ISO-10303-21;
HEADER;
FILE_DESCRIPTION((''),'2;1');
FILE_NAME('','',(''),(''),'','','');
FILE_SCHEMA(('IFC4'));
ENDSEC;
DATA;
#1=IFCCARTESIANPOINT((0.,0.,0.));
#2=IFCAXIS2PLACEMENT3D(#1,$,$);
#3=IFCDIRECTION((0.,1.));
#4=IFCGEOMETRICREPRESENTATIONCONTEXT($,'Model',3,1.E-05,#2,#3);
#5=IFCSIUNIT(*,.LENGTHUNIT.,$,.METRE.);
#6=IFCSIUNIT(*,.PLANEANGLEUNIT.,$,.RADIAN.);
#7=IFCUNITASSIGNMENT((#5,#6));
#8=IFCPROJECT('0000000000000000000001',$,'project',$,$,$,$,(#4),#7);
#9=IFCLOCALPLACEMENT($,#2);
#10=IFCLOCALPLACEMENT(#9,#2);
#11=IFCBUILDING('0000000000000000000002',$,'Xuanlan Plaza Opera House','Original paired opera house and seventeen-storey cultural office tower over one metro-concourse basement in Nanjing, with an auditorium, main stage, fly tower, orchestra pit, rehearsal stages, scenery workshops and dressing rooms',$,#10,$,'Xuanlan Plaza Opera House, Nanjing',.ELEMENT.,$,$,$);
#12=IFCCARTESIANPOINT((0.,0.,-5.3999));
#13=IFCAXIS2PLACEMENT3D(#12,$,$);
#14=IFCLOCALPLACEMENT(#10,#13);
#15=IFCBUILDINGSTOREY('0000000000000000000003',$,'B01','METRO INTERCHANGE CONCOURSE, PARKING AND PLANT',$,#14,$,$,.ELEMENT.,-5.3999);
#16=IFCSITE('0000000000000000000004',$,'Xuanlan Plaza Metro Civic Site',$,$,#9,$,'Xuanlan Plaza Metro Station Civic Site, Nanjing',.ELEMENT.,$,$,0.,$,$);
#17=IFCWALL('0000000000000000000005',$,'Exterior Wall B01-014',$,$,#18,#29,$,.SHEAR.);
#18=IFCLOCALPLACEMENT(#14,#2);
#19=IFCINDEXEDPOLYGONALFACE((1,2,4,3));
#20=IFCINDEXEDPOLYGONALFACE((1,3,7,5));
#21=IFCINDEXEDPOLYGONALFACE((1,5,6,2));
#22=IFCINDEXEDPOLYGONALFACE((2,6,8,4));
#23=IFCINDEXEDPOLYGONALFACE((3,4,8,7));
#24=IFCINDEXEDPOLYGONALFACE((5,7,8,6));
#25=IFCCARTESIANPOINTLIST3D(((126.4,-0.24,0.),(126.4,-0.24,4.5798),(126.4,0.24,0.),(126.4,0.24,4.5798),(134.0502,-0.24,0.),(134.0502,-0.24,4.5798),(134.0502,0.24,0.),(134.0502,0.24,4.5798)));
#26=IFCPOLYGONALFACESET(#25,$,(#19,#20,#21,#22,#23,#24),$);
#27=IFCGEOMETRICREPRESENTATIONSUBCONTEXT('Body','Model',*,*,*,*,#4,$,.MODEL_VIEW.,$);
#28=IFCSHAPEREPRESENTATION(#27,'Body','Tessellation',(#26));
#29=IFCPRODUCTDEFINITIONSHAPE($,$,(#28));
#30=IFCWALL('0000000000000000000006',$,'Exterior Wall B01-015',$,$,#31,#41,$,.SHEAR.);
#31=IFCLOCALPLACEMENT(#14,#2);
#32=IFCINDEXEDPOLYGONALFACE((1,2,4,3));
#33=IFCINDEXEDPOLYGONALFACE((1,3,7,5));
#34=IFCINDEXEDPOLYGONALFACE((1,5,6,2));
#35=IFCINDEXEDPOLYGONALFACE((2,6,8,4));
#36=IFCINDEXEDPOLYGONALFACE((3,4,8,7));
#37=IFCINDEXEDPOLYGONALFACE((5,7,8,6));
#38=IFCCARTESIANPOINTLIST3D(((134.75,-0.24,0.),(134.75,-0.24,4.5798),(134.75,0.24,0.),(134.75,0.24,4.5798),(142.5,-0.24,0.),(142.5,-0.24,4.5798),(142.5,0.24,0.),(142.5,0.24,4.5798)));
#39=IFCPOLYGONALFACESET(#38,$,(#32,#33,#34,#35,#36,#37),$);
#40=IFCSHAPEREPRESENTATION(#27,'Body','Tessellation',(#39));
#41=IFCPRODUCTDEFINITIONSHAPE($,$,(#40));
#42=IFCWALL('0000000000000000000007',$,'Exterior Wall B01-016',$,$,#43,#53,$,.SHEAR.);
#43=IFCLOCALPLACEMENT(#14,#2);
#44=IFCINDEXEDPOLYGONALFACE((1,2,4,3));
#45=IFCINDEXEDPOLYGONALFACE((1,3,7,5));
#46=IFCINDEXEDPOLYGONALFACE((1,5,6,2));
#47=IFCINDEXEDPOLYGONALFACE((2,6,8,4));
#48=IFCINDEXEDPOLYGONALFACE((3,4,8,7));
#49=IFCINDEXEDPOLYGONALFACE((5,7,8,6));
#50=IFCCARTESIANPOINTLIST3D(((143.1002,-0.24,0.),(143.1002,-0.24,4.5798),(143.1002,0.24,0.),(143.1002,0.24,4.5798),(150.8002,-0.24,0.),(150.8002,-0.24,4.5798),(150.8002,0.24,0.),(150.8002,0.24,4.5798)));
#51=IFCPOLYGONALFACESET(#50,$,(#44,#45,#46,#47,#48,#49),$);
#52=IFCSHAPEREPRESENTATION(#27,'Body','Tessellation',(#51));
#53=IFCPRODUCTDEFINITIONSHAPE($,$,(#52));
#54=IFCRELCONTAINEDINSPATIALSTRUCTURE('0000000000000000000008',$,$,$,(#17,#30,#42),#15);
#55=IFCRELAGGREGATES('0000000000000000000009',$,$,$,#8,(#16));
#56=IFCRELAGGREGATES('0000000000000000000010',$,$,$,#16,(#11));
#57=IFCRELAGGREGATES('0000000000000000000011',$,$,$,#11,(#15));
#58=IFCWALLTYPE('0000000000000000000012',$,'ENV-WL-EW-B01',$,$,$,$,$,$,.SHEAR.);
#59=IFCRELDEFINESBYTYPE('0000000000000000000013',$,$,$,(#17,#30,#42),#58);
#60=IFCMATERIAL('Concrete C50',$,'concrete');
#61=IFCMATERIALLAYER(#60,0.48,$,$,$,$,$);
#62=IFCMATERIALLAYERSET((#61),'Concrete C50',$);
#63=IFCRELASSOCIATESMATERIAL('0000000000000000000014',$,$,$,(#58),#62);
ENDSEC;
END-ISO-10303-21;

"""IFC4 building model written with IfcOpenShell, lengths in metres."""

from ifc_helpers import new_model, si_unit, direction, frame, frame_2d, origin, place, context, subcontext, project, spatial, rectangle, extrude, material, layer, layer_set, type_object, element, save


model = new_model("IFC4")

# Units and contexts
model_context = context("Model", 3, precision=1e-05, world=origin(), true_north=direction((0.0, 1.0)))
body_context = subcontext(model_context, "Body", "Model", "MODEL_VIEW")
ifc_project = project(units=[si_unit("LENGTHUNIT", "METRE"), si_unit("PLANEANGLEUNIT", "RADIAN")], contexts=[model_context])

# Site, building, storey
site_placement = place(None, origin())
site = spatial("IfcSite", under=ifc_project, at=site_placement, Name="Xuanlan Plaza Metro Civic Site", LongName="Xuanlan Plaza Metro Station Civic Site, Nanjing", CompositionType="ELEMENT", RefElevation=0.0)
building_placement = place(site_placement, origin())
building = spatial("IfcBuilding", under=site, at=building_placement, Name="Xuanlan Plaza Opera House", Description="Original paired opera house and seventeen-storey cultural office tower over one metro-concourse basement in Nanjing, with an auditorium, main stage, fly tower, orchestra pit, rehearsal stages, scenery workshops and dressing rooms", LongName="Xuanlan Plaza Opera House, Nanjing", CompositionType="ELEMENT")
storey_placement = place(building_placement, frame((0.0, 0.0, -5.3999)))
storey = spatial("IfcBuildingStorey", under=building, at=storey_placement, Name="B01", Description="METRO INTERCHANGE CONCOURSE, PARKING AND PLANT", CompositionType="ELEMENT", Elevation=-5.3999)

# Shared definitions
ifc_material_1 = material(Name="Concrete C50", Category="concrete")

# Walls
ifc_layer = layer(ifc_material_1, 0.48)
ifc_layer_set = layer_set([ifc_layer], Name="Concrete C50")
wall_type = type_object("IfcWallType", Name="ENV-WL-EW-B01", PredefinedType="SHEAR", material=ifc_layer_set)
wall_1_placement = place(storey_placement, frame((126.3999, 0.0, 0.0), z_axis=(0.0, 0.0, 1.0), x_axis=(1.0, 0.0, 0.0)))
element("IfcWall", 1, at=wall_1_placement, inside=storey, type_object=wall_type, Name="Exterior Wall B01-014", PredefinedType="SHEAR", context=body_context, shape_type="SweptSolid", body=[
    extrude(rectangle(XDim=7.6501, YDim=0.48, at=frame_2d((3.8252, 0.0))), origin(), (0.0, 0.0, 1.0), 4.5798),
])
wall_2_placement = place(storey_placement, frame((134.75, 0.0, 0.0), z_axis=(0.0, 0.0, 1.0), x_axis=(1.0, 0.0, 0.0)))
element("IfcWall", 2, at=wall_2_placement, inside=storey, type_object=wall_type, Name="Exterior Wall B01-015", PredefinedType="SHEAR", context=body_context, shape_type="SweptSolid", body=[
    extrude(rectangle(XDim=7.75, YDim=0.48, at=frame_2d((3.875, 0.0))), origin(), (0.0, 0.0, 1.0), 4.5798),
])
wall_3_placement = place(storey_placement, frame((143.1001, 0.0, 0.0), z_axis=(0.0, 0.0, 1.0), x_axis=(1.0, 0.0, 0.0)))
element("IfcWall", 3, at=wall_3_placement, inside=storey, type_object=wall_type, Name="Exterior Wall B01-016", PredefinedType="SHEAR", context=body_context, shape_type="SweptSolid", body=[
    extrude(rectangle(XDim=7.7, YDim=0.48, at=frame_2d((3.8501, 0.0))), origin(), (0.0, 0.0, 1.0), 4.5798),
])

save(model, "model.ifc")
